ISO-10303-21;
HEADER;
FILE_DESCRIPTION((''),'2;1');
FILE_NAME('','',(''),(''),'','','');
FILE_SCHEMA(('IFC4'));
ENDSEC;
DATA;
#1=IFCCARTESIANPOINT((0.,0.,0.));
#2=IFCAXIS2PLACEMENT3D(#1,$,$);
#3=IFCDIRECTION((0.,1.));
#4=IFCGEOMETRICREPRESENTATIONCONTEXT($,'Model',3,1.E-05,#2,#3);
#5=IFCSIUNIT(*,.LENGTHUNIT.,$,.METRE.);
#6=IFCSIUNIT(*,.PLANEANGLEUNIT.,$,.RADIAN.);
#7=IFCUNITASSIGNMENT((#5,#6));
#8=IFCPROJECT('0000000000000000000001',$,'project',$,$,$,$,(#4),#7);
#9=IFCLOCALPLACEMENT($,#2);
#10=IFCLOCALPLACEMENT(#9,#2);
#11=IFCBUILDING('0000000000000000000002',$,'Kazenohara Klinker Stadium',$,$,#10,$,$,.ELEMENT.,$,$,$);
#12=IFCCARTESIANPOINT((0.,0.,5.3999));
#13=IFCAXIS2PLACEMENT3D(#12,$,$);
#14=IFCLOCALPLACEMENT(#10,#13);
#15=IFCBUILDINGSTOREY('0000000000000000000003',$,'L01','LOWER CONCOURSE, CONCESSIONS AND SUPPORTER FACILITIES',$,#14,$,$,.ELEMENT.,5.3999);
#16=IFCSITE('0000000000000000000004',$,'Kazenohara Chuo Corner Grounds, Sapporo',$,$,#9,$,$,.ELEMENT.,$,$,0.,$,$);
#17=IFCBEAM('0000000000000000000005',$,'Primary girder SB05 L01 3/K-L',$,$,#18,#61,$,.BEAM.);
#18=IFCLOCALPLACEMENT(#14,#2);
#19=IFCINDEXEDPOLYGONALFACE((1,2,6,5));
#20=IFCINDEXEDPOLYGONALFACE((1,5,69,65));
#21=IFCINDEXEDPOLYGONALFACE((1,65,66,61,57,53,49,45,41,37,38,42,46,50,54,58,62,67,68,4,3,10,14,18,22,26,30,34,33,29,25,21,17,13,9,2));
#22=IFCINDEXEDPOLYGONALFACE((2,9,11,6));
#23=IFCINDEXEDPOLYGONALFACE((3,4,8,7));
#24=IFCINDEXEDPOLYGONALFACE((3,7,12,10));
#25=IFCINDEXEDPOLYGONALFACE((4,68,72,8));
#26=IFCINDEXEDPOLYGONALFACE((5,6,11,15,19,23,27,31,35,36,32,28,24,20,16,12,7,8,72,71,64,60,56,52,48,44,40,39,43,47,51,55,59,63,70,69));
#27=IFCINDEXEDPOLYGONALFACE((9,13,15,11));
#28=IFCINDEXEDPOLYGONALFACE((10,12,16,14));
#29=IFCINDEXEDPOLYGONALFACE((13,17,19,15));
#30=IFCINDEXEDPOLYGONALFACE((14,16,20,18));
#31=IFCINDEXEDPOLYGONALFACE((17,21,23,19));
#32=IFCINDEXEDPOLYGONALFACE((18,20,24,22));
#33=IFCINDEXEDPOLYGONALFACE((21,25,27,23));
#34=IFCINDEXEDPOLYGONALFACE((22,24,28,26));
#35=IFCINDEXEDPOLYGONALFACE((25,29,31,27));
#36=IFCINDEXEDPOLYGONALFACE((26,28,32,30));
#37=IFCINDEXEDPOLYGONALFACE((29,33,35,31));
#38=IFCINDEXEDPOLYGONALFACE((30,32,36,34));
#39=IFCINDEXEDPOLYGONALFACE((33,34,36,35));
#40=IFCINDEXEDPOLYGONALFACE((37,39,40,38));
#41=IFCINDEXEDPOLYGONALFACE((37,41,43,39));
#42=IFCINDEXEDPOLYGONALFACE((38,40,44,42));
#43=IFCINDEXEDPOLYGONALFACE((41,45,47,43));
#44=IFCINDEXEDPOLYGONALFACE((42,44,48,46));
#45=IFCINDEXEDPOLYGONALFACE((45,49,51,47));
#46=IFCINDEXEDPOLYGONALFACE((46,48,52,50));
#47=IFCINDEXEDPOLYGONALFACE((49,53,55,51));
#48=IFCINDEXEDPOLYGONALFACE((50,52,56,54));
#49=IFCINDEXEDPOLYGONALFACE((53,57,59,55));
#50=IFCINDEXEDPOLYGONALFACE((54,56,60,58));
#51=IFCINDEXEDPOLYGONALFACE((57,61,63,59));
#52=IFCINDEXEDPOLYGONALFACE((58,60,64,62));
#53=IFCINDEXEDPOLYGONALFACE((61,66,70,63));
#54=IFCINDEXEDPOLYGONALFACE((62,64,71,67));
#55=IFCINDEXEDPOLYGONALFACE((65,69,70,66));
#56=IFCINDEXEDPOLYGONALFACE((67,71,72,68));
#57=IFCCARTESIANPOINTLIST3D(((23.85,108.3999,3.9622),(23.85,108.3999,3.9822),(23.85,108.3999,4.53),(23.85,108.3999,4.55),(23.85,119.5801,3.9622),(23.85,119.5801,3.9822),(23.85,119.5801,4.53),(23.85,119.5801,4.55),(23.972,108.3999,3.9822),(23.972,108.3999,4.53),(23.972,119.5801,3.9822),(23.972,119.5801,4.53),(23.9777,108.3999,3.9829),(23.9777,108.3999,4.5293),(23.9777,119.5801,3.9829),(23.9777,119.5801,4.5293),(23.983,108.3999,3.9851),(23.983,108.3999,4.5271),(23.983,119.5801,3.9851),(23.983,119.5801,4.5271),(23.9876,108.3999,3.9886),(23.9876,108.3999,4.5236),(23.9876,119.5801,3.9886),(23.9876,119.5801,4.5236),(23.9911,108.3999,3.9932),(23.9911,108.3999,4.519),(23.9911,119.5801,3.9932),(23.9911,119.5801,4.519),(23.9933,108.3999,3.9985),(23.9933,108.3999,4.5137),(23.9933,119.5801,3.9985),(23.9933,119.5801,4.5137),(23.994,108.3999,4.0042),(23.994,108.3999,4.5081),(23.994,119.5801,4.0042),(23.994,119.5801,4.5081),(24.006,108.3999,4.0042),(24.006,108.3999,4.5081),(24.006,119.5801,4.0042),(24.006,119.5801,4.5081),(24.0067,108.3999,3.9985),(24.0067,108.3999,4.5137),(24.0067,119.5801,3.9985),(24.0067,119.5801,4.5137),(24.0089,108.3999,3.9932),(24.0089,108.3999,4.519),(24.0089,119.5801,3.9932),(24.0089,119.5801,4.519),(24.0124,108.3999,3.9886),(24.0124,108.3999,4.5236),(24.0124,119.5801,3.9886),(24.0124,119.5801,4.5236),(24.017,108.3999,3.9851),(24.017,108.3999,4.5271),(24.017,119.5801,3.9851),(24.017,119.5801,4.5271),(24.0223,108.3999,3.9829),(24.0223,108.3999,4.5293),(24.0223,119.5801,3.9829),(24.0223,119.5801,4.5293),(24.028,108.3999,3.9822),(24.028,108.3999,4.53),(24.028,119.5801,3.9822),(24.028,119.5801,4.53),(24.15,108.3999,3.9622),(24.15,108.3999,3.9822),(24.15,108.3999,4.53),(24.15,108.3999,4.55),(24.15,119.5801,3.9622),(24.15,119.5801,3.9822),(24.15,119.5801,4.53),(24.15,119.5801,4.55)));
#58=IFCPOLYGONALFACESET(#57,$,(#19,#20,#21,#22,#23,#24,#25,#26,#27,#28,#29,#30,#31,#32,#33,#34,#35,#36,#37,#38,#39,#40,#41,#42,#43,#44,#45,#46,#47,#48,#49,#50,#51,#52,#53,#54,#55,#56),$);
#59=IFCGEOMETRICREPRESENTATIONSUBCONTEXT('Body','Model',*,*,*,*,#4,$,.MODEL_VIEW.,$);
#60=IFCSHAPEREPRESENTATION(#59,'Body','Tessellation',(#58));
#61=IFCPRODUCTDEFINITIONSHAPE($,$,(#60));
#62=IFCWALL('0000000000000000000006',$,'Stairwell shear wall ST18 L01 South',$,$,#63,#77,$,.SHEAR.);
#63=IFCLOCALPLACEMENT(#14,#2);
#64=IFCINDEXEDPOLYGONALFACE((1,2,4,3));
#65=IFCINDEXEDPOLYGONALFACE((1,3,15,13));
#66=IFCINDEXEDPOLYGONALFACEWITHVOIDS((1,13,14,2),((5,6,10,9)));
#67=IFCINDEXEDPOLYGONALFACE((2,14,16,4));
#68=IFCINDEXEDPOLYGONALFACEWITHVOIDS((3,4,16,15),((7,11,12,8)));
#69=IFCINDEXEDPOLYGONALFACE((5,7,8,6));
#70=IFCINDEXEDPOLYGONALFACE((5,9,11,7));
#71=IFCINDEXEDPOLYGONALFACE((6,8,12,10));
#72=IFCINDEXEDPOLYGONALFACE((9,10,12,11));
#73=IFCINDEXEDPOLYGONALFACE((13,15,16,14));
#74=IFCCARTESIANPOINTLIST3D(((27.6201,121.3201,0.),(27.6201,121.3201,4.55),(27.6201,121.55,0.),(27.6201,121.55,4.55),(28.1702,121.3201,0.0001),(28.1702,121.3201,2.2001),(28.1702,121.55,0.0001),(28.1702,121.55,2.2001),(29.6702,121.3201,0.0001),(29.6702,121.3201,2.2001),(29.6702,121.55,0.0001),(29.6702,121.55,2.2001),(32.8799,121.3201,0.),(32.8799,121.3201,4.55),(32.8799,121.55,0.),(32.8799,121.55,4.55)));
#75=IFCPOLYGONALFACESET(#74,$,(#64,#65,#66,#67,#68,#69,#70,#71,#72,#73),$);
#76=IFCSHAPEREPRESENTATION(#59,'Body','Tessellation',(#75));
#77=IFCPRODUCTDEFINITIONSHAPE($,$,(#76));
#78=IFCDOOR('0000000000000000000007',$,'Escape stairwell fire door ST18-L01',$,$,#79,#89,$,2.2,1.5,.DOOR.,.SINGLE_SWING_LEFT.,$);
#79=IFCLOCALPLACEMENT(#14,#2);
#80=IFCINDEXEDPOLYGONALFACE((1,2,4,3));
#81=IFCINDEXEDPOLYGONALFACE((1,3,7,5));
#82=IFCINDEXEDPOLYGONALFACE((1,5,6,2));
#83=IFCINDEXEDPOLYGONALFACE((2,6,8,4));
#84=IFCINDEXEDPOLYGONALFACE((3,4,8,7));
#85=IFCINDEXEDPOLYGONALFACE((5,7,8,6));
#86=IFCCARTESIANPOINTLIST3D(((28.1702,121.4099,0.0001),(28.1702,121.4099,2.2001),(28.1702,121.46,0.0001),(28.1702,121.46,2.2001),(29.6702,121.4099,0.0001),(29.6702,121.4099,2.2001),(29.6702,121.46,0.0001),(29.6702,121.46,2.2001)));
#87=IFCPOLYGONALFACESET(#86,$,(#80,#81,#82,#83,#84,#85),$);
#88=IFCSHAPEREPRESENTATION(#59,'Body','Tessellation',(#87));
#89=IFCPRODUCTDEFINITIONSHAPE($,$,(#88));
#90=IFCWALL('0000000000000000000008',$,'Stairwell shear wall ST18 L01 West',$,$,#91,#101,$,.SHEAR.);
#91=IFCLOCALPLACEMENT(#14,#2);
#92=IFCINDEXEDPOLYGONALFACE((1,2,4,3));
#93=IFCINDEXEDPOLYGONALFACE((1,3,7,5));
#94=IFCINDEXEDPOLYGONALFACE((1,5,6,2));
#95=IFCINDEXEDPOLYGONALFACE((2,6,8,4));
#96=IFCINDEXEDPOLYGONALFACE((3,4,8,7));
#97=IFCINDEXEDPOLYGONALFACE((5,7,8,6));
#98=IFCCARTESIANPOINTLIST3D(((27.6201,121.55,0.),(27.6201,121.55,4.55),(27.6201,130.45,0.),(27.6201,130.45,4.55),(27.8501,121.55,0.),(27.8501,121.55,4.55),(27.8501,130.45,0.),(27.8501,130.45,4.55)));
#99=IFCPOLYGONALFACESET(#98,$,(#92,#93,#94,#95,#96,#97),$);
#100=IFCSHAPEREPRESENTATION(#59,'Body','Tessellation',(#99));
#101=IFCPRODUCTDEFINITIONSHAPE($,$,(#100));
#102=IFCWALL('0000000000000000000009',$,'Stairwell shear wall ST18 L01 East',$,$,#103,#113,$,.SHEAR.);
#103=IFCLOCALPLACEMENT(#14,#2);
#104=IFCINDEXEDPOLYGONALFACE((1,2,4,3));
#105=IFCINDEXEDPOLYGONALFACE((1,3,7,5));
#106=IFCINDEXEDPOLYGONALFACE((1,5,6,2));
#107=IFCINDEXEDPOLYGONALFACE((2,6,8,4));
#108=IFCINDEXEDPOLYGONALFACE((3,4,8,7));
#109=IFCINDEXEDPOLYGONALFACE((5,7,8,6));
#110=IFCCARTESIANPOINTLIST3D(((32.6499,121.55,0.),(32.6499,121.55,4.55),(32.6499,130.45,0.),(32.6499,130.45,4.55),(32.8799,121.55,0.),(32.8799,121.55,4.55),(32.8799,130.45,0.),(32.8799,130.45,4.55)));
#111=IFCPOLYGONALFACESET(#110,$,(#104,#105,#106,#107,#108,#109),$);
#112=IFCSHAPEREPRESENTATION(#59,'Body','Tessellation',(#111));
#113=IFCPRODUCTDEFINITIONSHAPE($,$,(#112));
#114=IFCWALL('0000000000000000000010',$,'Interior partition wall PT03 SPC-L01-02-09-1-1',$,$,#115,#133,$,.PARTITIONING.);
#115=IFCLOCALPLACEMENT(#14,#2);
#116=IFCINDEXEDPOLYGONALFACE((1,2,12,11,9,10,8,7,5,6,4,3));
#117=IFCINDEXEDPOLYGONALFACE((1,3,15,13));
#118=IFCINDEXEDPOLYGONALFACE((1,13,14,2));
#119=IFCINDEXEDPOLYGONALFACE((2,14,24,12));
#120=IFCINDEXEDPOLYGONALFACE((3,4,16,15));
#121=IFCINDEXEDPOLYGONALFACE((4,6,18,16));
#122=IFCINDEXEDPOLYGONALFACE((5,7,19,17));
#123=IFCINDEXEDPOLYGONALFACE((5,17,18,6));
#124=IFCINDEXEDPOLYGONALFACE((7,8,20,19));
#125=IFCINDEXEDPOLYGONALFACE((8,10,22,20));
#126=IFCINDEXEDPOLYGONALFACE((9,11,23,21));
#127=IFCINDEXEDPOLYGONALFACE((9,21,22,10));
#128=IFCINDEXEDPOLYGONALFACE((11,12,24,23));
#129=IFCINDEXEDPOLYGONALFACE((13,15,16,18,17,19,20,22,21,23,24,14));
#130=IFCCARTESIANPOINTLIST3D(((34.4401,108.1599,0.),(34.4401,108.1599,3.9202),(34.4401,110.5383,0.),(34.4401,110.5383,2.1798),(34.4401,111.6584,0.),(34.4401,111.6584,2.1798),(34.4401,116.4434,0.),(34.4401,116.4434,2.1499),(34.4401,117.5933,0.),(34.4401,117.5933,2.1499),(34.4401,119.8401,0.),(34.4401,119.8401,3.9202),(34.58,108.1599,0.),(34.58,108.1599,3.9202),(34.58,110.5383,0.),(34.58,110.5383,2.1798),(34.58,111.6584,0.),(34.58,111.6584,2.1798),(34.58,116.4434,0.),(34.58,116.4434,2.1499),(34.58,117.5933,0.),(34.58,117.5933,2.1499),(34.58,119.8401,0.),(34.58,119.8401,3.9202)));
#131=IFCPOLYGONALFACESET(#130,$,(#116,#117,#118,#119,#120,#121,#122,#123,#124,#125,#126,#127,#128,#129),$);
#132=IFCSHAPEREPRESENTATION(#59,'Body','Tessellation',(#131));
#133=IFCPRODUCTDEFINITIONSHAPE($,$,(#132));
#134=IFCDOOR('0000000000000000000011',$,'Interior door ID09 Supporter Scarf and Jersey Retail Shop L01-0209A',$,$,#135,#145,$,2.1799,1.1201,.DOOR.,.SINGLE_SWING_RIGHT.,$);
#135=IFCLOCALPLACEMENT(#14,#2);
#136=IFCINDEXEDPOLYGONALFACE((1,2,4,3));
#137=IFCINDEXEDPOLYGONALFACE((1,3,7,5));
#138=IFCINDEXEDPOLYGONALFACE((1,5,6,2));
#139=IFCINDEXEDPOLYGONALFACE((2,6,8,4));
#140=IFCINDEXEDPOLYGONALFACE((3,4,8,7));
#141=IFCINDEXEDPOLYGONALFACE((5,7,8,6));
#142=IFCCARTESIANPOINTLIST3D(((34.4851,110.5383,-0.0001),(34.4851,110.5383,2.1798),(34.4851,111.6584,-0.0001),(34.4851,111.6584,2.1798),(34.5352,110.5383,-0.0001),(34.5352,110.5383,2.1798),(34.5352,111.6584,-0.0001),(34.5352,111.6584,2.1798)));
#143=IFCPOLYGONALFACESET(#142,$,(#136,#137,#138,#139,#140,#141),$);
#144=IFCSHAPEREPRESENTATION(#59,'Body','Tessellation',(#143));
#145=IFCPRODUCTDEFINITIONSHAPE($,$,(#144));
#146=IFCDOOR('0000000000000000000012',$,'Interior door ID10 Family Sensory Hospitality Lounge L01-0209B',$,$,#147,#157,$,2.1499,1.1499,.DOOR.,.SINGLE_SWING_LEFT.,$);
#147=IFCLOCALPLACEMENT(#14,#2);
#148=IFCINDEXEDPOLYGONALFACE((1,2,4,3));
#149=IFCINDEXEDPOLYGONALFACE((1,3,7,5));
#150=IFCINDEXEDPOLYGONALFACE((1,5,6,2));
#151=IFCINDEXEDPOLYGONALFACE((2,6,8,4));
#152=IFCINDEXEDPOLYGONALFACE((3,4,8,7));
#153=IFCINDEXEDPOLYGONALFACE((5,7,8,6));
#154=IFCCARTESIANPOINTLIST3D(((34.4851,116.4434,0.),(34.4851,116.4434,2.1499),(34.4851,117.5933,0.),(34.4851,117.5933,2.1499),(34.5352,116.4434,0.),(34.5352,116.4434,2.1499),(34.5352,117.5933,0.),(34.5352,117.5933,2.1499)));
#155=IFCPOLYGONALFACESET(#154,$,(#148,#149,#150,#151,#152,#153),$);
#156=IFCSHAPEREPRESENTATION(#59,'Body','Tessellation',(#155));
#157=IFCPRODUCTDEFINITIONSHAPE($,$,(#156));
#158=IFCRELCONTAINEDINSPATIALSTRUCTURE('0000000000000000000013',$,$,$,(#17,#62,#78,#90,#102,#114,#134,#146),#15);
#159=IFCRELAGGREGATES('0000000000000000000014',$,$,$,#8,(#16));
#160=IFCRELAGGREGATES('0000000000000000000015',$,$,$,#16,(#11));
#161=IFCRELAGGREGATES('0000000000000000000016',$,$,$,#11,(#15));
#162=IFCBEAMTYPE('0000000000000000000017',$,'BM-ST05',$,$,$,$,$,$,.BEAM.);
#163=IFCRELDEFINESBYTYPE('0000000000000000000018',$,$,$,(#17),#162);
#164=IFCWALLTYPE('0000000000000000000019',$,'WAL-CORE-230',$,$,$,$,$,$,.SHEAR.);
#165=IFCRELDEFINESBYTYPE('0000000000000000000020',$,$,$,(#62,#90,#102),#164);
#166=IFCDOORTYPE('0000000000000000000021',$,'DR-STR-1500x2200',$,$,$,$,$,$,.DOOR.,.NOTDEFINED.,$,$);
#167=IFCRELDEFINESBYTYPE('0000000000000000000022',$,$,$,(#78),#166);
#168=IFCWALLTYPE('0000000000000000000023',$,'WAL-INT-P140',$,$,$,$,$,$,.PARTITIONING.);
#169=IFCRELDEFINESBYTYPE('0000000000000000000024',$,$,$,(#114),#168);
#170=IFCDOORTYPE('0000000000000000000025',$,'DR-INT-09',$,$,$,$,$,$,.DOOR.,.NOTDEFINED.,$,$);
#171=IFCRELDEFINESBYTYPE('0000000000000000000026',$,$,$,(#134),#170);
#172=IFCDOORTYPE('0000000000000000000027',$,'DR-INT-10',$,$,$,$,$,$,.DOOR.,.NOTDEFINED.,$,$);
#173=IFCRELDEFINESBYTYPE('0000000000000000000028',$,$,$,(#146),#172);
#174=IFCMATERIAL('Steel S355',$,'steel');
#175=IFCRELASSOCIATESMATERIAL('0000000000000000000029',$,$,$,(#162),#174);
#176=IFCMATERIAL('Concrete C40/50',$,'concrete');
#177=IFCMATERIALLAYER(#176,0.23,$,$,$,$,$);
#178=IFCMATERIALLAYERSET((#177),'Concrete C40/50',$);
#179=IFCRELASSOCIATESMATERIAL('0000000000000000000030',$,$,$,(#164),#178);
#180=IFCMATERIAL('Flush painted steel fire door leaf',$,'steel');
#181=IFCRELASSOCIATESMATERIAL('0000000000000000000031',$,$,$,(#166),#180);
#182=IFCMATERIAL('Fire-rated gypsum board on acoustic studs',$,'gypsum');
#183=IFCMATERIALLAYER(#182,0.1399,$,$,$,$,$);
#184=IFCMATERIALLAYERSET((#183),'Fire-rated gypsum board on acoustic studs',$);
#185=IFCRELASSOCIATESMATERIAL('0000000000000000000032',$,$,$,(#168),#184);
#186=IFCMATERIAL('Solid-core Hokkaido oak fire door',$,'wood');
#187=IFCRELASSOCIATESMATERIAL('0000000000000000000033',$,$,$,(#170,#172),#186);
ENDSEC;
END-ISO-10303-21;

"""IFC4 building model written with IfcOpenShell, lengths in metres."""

from ifc_helpers import new_model, si_unit, direction, frame, frame_2d, origin, origin_2d, place, context, subcontext, project, spatial, rectangle, i_section, extrude, material, layer, layer_set, material_profile, profile_set, type_object, element, fill, save


model = new_model("IFC4")

# Units and contexts
model_context = context("Model", 3, precision=1e-05, world=origin(), true_north=direction((0.0, 1.0)))
body_context = subcontext(model_context, "Body", "Model", "MODEL_VIEW")
ifc_project = project(units=[si_unit("LENGTHUNIT", "METRE"), si_unit("PLANEANGLEUNIT", "RADIAN")], contexts=[model_context])

# Site, building, storey
site_placement = place(None, origin())
site = spatial("IfcSite", under=ifc_project, at=site_placement, Name="Kazenohara Chuo Corner Grounds, Sapporo", CompositionType="ELEMENT", RefElevation=0.0)
building_placement = place(site_placement, origin())
building = spatial("IfcBuilding", under=site, at=building_placement, Name="Kazenohara Klinker Stadium", CompositionType="ELEMENT")
storey_placement = place(building_placement, frame((0.0, 0.0, 5.3999)))
storey = spatial("IfcBuildingStorey", under=building, at=storey_placement, Name="L01", Description="LOWER CONCOURSE, CONCESSIONS AND SUPPORTER FACILITIES", CompositionType="ELEMENT", Elevation=5.3999)

# Shared definitions
ifc_material_1 = material(Name="Concrete C40/50", Category="concrete")

# Beam
ifc_material_2 = material(Name="Steel S355", Category="steel")
ifc_material_profile_1 = material_profile(ifc_material_2, i_section(OverallWidth=0.3, OverallDepth=0.5879, WebThickness=0.012, FlangeThickness=0.02, FilletRadius=0.022, at=origin_2d()), Name="H-588x300x12x20")
ifc_profile_set_1 = profile_set([ifc_material_profile_1], Name="Steel S355")
beam_type_1 = type_object("IfcBeamType", Name="BM-ST05", PredefinedType="BEAM", material=ifc_profile_set_1)
beam_1_placement = place(storey_placement, frame((24.0, 108.3999, 4.2561), z_axis=(0.0, 1.0, 0.0), x_axis=(-1.0, 0.0, 0.0)))
element("IfcBeam", 1, at=beam_1_placement, inside=storey, type_object=beam_type_1, Name="Primary girder SB05 L01 3/K-L", PredefinedType="BEAM", context=body_context, shape_type="SweptSolid", body=[
    extrude(i_section(OverallWidth=0.3, OverallDepth=0.5879, WebThickness=0.012, FlangeThickness=0.02, FilletRadius=0.022, at=origin_2d()), origin(), (0.0, 0.0, 1.0), 11.1802),
])

# Wall, opening, door
ifc_layer_1 = layer(ifc_material_1, 0.23)
ifc_layer_set_1 = layer_set([ifc_layer_1], Name="Concrete C40/50")
wall_type_1 = type_object("IfcWallType", Name="WAL-CORE-230", PredefinedType="SHEAR", material=ifc_layer_set_1)
wall_1_placement = place(storey_placement, frame((27.6201, 121.4351, 0.0), z_axis=(0.0, 0.0, 1.0), x_axis=(1.0, 0.0, 0.0)))
wall_1 = element("IfcWall", 2, at=wall_1_placement, inside=storey, type_object=wall_type_1, Name="Stairwell shear wall ST18 L01 South", PredefinedType="SHEAR", context=body_context, shape_type="SweptSolid", body=[
    extrude(rectangle(XDim=5.2598, YDim=0.23, at=frame_2d((2.6299, 0.0))), origin(), (0.0, 0.0, 1.0), 4.55),
])
opening_1_placement = place(wall_1_placement, frame((0.55, 0.0, 0.0)))
opening_1 = element("IfcOpeningElement", 3, at=opening_1_placement, cuts=wall_1, PredefinedType="OPENING", context=body_context, shape_type="SweptSolid", body=[
    extrude(rectangle(XDim=1.5, YDim=2.2, at=frame_2d((0.75, 1.1001))), frame((0.0, 0.125, 0.0), z_axis=(0.0, -1.0, 0.0), x_axis=(1.0, 0.0, 0.0)), (0.0, 0.0, 1.0), 0.25),
])
ifc_material_3 = material(Name="Flush painted steel fire door leaf", Category="steel")
door_type_1 = type_object("IfcDoorType", Name="DR-STR-1500x2200", OperationType="NOTDEFINED", PredefinedType="DOOR", material=ifc_material_3)
door_1_placement = place(opening_1_placement, origin())
door_1 = element("IfcDoor", 4, at=door_1_placement, inside=storey, type_object=door_type_1, Name="Escape stairwell fire door ST18-L01", OperationType="SINGLE_SWING_LEFT", OverallHeight=2.2, OverallWidth=1.5, PredefinedType="DOOR", context=body_context, shape_type="SweptSolid", body=[
    extrude(rectangle(XDim=1.5, YDim=2.2, at=frame_2d((0.75, 1.1001))), frame((0.0, 0.0249, 0.0), z_axis=(0.0, -1.0, 0.0), x_axis=(1.0, 0.0, 0.0)), (0.0, 0.0, 1.0), 0.05),
])
fill(opening_1, door_1)

# Walls
for number, where, z_axis, x_axis, name in (
    (5, (27.7351, 121.55, 0.0), (0.0, 0.0, 1.0), (0.0, 1.0, 0.0), "Stairwell shear wall ST18 L01 West"),
    (6, (32.7649, 121.55, 0.0), (0.0, 0.0, 1.0), (0.0, 1.0, 0.0), "Stairwell shear wall ST18 L01 East"),
):
    element("IfcWall", number, at=place(storey_placement, frame(where, z_axis=z_axis, x_axis=x_axis)), inside=storey, type_object=wall_type_1, Name=name, PredefinedType="SHEAR", context=body_context, shape_type="SweptSolid", body=[
        extrude(rectangle(XDim=8.8999, YDim=0.23, at=frame_2d((4.45, 0.0))), origin(), (0.0, 0.0, 1.0), 4.55),
    ])

# Wall, openings, doors
ifc_material_4 = material(Name="Fire-rated gypsum board on acoustic studs", Category="gypsum")
ifc_layer_2 = layer(ifc_material_4, 0.1399)
ifc_layer_set_2 = layer_set([ifc_layer_2], Name="Fire-rated gypsum board on acoustic studs")
wall_type_2 = type_object("IfcWallType", Name="WAL-INT-P140", PredefinedType="PARTITIONING", material=ifc_layer_set_2)
wall_2_placement = place(storey_placement, frame((34.51, 108.1599, 0.0), z_axis=(0.0, 0.0, 1.0), x_axis=(0.0, 1.0, 0.0)))
wall_2 = element("IfcWall", 7, at=wall_2_placement, inside=storey, type_object=wall_type_2, Name="Interior partition wall PT03 SPC-L01-02-09-1-1", PredefinedType="PARTITIONING", context=body_context, shape_type="SweptSolid", body=[
    extrude(rectangle(XDim=11.6802, YDim=0.1399, at=frame_2d((5.8401, 0.0))), origin(), (0.0, 0.0, 1.0), 3.9202),
])
opening_2_placement = place(wall_2_placement, frame((2.3784, 0.0, 0.0)))
opening_2 = element("IfcOpeningElement", 8, at=opening_2_placement, cuts=wall_2, PredefinedType="OPENING", context=body_context, shape_type="SweptSolid", body=[
    extrude(rectangle(XDim=1.1201, YDim=2.1799, at=frame_2d((0.5601, 1.0898))), frame((0.0, 0.0801, 0.0), z_axis=(0.0, -1.0, 0.0), x_axis=(1.0, 0.0, 0.0)), (0.0, 0.0, 1.0), 0.1599),
])
opening_3_placement = place(wall_2_placement, frame((8.2834, 0.0, 0.0)))
opening_3 = element("IfcOpeningElement", 9, at=opening_3_placement, cuts=wall_2, PredefinedType="OPENING", context=body_context, shape_type="SweptSolid", body=[
    extrude(rectangle(XDim=1.1499, YDim=2.1499, at=frame_2d((0.575, 1.075))), frame((0.0, 0.0801, 0.0), z_axis=(0.0, -1.0, 0.0), x_axis=(1.0, 0.0, 0.0)), (0.0, 0.0, 1.0), 0.1599),
])
ifc_material_5 = material(Name="Solid-core Hokkaido oak fire door", Category="wood")
door_type_2 = type_object("IfcDoorType", Name="DR-INT-09", OperationType="NOTDEFINED", PredefinedType="DOOR", material=ifc_material_5)
door_2_placement = place(opening_2_placement, origin())
door_2 = element("IfcDoor", 10, at=door_2_placement, inside=storey, type_object=door_type_2, Name="Interior door ID09 Supporter Scarf and Jersey Retail Shop L01-0209A", OperationType="SINGLE_SWING_RIGHT", OverallHeight=2.1799, OverallWidth=1.1201, PredefinedType="DOOR", context=body_context, shape_type="SweptSolid", body=[
    extrude(rectangle(XDim=1.1201, YDim=2.1799, at=frame_2d((0.5601, 1.0898))), frame((0.0, 0.0249, 0.0), z_axis=(0.0, -1.0, 0.0), x_axis=(1.0, 0.0, 0.0)), (0.0, 0.0, 1.0), 0.05),
])
fill(opening_2, door_2)
door_type_3 = type_object("IfcDoorType", Name="DR-INT-10", OperationType="NOTDEFINED", PredefinedType="DOOR", material=ifc_material_5)
door_3_placement = place(opening_3_placement, origin())
door_3 = element("IfcDoor", 11, at=door_3_placement, inside=storey, type_object=door_type_3, Name="Interior door ID10 Family Sensory Hospitality Lounge L01-0209B", OperationType="SINGLE_SWING_LEFT", OverallHeight=2.1499, OverallWidth=1.1499, PredefinedType="DOOR", context=body_context, shape_type="SweptSolid", body=[
    extrude(rectangle(XDim=1.1499, YDim=2.1499, at=frame_2d((0.575, 1.075))), frame((0.0, 0.0249, 0.0), z_axis=(0.0, -1.0, 0.0), x_axis=(1.0, 0.0, 0.0)), (0.0, 0.0, 1.0), 0.05),
])
fill(opening_3, door_3)

save(model, "model.ifc")
